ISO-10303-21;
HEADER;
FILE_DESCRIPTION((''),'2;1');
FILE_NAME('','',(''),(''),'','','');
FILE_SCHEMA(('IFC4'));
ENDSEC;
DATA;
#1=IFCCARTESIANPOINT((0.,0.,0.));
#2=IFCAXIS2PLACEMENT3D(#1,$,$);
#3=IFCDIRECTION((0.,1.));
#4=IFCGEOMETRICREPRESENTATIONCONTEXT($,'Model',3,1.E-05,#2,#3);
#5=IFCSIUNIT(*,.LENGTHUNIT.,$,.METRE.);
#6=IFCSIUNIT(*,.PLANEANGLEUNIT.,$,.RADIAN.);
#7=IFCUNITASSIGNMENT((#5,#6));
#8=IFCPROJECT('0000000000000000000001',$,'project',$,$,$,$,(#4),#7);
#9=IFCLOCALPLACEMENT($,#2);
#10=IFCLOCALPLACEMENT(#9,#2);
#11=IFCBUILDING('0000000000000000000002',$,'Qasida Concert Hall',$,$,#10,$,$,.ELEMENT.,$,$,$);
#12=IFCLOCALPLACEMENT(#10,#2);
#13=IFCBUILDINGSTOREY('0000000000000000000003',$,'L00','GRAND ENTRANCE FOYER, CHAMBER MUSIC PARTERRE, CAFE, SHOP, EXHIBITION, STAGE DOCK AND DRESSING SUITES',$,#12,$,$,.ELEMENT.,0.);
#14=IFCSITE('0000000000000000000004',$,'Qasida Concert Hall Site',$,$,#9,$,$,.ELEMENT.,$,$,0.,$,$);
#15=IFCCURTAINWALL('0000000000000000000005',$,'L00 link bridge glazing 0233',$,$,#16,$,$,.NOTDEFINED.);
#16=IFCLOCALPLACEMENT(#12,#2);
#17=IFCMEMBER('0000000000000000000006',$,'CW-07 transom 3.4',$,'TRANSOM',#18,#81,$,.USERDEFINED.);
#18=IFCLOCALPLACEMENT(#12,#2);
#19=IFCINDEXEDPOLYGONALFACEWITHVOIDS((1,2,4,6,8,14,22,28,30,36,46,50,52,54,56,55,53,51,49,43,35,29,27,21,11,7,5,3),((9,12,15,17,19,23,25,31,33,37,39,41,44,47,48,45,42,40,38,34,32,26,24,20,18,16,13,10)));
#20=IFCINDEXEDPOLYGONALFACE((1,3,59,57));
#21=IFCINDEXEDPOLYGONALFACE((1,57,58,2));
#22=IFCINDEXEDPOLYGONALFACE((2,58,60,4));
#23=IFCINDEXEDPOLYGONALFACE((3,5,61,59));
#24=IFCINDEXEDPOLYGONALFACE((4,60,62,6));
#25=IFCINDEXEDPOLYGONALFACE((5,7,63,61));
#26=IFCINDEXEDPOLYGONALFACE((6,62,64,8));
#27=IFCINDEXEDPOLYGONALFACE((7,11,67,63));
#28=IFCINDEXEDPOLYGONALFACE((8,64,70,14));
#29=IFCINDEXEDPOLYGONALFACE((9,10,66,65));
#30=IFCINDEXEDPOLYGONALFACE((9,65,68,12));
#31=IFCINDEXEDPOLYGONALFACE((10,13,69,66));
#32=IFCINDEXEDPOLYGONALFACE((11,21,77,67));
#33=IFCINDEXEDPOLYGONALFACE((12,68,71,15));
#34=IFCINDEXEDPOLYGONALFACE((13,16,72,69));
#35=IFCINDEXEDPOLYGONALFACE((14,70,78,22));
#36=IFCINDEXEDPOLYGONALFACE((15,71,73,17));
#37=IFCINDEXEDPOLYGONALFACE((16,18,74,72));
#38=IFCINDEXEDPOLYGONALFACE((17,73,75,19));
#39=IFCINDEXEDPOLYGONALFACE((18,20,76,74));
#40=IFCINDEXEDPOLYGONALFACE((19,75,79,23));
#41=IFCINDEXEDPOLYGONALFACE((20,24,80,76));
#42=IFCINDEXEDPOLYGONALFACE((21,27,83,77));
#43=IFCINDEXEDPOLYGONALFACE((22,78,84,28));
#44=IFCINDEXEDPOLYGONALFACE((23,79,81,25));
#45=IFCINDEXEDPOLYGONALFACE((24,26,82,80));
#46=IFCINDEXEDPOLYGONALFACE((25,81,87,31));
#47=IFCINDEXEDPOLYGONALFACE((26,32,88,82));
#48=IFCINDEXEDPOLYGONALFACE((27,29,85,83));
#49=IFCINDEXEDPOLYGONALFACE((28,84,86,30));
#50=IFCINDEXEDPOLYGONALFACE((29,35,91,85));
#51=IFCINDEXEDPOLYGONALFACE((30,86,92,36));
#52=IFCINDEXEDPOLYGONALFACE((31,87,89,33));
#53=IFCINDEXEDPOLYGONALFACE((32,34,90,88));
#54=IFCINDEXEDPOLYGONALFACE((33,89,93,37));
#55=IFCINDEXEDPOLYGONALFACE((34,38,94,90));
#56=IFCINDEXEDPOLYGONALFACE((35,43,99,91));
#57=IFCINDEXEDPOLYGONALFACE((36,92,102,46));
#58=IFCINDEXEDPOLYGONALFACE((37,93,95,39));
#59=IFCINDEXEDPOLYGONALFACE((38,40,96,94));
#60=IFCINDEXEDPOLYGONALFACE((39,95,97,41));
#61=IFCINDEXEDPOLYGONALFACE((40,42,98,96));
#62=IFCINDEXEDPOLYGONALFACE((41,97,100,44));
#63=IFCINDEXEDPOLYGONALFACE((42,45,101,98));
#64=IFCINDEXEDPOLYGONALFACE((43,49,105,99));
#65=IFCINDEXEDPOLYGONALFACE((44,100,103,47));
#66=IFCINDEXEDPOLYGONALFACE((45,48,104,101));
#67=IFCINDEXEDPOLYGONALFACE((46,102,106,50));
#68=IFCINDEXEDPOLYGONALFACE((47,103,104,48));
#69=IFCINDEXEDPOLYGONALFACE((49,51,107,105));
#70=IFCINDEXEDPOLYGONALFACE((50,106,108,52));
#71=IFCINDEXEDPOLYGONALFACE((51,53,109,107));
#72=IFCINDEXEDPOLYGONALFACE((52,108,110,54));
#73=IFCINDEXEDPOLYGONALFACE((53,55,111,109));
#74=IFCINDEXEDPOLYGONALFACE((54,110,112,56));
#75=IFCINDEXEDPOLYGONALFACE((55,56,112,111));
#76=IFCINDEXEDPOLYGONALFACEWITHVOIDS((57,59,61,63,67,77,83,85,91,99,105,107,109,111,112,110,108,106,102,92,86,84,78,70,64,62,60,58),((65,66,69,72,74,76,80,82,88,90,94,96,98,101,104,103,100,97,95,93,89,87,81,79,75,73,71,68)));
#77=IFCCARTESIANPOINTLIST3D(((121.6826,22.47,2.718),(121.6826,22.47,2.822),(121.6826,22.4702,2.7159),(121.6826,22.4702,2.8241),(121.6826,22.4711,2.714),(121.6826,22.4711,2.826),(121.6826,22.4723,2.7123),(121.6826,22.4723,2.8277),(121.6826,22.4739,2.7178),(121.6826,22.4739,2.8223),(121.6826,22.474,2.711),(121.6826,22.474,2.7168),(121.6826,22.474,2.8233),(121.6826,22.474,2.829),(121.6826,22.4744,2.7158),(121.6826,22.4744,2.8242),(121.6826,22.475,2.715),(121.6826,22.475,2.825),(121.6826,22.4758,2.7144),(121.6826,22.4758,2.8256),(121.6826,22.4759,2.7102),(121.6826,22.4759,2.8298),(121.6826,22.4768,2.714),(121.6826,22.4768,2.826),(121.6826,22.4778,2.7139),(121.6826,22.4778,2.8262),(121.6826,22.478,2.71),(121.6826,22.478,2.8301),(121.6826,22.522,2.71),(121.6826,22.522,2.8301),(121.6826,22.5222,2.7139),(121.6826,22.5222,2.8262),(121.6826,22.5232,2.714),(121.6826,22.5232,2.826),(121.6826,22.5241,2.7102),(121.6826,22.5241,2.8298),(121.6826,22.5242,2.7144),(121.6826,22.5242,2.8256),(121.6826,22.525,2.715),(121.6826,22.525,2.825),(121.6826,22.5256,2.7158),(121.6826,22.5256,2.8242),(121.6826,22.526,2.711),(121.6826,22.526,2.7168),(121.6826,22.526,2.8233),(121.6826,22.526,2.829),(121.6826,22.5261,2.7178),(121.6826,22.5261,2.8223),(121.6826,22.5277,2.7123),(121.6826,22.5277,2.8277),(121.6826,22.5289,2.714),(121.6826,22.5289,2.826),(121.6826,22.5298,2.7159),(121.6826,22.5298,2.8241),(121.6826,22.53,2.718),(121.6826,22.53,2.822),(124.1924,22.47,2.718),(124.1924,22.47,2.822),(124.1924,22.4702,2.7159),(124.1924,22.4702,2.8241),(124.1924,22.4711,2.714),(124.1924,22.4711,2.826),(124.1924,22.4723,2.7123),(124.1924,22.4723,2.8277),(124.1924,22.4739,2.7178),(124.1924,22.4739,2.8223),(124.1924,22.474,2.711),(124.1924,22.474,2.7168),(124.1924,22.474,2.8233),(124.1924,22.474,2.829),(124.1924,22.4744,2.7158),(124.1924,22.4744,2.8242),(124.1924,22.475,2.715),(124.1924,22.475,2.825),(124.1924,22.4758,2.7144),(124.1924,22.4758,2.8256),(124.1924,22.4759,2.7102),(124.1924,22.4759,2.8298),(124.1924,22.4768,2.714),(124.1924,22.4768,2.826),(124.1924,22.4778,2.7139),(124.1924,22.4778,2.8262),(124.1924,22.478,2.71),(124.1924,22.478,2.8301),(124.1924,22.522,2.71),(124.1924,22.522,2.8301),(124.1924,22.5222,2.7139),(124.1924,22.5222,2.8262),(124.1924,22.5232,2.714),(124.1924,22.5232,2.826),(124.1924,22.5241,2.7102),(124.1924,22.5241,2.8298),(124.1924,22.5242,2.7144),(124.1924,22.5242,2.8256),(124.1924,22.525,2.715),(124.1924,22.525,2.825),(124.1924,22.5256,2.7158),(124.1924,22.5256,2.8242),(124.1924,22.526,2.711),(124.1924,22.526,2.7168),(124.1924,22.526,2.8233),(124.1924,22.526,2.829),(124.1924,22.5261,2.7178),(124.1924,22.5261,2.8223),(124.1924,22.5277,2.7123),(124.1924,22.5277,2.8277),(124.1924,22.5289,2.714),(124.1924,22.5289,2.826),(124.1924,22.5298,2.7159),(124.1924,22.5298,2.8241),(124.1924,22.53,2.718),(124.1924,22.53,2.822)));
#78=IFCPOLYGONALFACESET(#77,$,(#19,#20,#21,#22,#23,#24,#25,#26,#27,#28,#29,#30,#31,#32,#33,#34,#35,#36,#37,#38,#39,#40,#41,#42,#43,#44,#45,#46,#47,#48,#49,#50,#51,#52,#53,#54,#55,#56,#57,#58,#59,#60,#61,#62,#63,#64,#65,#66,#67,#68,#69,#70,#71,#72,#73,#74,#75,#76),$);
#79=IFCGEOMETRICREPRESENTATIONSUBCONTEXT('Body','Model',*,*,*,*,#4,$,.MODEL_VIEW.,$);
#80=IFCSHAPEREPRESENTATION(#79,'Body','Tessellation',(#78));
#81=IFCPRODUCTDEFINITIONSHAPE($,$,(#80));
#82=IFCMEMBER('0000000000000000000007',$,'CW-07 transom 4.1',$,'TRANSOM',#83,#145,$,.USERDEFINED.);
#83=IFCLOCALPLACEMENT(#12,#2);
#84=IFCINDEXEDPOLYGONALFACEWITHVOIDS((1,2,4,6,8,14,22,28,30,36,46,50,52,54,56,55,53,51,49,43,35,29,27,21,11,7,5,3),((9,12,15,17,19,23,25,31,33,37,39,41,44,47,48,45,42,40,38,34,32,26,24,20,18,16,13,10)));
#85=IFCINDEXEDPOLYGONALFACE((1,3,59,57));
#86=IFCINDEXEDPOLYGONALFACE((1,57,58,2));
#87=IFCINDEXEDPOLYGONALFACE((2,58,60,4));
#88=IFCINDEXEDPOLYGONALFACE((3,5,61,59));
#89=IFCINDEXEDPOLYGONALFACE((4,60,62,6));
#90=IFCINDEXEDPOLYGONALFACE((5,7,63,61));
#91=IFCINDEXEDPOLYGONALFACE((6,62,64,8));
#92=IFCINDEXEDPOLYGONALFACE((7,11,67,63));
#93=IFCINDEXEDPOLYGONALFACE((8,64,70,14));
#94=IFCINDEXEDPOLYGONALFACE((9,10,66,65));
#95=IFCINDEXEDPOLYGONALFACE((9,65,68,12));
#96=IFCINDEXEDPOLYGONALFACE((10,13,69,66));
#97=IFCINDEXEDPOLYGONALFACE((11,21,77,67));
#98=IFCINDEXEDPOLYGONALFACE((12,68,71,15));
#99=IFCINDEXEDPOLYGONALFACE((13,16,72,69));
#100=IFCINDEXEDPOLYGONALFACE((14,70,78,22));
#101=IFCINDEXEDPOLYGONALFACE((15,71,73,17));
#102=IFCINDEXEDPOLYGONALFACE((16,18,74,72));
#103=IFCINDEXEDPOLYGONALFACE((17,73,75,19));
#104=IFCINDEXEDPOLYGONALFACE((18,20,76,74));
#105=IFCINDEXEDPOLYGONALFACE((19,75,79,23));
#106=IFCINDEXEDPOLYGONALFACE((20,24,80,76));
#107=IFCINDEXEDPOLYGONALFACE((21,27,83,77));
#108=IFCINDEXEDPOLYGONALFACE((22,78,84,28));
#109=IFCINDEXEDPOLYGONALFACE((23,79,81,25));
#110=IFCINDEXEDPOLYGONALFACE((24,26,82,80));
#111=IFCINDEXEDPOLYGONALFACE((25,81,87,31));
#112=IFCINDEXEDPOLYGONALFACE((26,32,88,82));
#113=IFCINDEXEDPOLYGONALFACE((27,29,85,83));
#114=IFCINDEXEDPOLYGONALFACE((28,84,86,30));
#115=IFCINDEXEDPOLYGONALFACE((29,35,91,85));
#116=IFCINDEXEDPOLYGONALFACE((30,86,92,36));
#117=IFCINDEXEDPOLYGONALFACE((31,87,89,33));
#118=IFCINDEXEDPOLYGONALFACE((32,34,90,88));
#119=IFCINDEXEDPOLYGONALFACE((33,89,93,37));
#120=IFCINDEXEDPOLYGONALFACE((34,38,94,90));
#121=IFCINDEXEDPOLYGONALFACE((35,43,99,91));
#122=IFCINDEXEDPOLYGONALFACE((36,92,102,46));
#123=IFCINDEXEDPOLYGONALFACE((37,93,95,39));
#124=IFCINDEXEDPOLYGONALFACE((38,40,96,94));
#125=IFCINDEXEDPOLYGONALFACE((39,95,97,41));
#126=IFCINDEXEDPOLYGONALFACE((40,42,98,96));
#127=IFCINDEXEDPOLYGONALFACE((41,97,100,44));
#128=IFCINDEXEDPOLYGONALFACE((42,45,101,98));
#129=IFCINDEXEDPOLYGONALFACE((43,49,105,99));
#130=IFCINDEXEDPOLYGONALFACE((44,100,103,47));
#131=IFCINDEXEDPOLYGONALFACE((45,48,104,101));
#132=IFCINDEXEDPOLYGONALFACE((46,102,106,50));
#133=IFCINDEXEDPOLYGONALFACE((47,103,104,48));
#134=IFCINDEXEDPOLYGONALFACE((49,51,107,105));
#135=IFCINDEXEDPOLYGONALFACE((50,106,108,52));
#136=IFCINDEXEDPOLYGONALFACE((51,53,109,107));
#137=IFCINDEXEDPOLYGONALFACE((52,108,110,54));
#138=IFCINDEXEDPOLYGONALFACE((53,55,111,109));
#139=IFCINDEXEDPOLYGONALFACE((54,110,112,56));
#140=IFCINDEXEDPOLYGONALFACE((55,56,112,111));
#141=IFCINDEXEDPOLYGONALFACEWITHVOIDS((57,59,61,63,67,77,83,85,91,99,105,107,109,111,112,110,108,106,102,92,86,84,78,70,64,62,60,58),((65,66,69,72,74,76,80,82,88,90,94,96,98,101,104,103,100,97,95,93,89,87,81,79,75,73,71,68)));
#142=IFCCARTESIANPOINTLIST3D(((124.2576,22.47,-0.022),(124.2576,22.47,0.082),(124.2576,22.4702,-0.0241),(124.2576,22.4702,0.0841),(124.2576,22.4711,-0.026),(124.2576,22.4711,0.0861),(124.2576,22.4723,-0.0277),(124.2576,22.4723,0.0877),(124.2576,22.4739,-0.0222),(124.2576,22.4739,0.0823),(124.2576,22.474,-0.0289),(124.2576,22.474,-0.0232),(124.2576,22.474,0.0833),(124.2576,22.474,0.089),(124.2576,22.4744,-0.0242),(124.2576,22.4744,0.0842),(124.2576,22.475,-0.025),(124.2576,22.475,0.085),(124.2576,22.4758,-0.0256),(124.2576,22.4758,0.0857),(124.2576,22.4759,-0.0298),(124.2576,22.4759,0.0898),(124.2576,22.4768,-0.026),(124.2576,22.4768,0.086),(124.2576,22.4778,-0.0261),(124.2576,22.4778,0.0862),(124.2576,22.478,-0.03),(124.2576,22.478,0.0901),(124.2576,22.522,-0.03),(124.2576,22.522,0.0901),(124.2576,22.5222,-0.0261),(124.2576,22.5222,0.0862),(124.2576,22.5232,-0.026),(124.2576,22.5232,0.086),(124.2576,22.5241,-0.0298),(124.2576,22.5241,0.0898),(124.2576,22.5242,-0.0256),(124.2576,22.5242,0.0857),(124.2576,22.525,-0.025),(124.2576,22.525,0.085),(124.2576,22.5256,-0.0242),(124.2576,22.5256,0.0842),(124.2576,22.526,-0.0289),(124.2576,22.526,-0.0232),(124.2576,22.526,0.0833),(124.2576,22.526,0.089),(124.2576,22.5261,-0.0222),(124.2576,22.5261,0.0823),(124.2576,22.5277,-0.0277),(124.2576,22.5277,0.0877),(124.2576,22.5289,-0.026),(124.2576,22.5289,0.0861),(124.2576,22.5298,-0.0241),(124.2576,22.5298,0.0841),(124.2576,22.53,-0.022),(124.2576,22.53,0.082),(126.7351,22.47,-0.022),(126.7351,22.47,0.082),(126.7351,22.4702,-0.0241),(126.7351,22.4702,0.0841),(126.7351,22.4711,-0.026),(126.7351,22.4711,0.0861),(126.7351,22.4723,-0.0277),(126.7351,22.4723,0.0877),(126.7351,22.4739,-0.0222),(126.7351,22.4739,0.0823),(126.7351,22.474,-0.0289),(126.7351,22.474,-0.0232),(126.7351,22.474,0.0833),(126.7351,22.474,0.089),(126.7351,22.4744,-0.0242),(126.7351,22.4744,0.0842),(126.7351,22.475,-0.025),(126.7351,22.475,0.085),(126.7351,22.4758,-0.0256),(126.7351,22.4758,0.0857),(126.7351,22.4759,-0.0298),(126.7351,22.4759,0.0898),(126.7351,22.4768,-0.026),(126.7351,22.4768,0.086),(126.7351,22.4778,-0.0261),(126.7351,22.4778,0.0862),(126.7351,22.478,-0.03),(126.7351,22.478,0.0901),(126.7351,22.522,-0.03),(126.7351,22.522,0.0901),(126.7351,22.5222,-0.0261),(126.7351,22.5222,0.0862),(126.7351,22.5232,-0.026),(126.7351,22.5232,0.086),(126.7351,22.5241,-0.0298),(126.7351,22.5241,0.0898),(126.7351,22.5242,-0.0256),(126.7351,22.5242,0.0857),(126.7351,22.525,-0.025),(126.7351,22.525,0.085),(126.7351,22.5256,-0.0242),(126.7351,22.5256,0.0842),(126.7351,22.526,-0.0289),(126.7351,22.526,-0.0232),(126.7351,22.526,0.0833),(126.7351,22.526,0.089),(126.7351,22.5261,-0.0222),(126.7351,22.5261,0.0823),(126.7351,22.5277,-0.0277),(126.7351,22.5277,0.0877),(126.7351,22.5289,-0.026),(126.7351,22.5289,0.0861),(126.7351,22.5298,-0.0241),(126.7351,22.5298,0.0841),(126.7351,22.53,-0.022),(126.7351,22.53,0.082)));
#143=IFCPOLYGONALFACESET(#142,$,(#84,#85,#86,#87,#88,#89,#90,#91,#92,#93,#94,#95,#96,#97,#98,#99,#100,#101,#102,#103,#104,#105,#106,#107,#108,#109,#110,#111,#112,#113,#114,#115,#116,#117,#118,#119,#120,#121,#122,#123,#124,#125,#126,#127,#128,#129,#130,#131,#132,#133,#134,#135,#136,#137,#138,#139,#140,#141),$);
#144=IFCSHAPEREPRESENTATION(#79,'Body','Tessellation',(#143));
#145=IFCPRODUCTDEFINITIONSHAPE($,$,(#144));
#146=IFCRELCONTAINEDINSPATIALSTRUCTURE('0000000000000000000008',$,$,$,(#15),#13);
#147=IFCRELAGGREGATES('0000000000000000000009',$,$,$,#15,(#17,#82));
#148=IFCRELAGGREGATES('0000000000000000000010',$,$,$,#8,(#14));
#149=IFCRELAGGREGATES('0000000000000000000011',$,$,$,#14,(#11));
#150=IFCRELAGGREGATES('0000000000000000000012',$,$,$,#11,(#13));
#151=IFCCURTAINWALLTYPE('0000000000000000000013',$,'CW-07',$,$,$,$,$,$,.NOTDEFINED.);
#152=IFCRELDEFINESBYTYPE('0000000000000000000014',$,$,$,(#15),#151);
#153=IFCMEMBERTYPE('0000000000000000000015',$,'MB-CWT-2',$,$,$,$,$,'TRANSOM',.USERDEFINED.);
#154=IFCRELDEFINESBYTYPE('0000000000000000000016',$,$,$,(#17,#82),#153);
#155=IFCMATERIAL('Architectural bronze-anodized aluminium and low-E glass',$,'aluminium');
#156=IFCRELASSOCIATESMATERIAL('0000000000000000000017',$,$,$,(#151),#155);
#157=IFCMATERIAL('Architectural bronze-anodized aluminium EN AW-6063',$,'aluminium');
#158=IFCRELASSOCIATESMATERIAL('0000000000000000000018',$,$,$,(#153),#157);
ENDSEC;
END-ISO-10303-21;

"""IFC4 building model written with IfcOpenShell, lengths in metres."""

from ifc_helpers import new_model, si_unit, direction, frame, origin, origin_2d, place, context, subcontext, project, spatial, hollow_rectangle, extrude, material, material_profile, profile_set, type_object, element, aggregate, save


model = new_model("IFC4")

# Units and contexts
model_context = context("Model", 3, precision=1e-05, world=origin(), true_north=direction((0.0, 1.0)))
body_context = subcontext(model_context, "Body", "Model", "MODEL_VIEW")
ifc_project = project(units=[si_unit("LENGTHUNIT", "METRE"), si_unit("PLANEANGLEUNIT", "RADIAN")], contexts=[model_context])

# Site, building, storey
site_placement = place(None, origin())
site = spatial("IfcSite", under=ifc_project, at=site_placement, Name="Qasida Concert Hall Site", CompositionType="ELEMENT", RefElevation=0.0)
building_placement = place(site_placement, origin())
building = spatial("IfcBuilding", under=site, at=building_placement, Name="Qasida Concert Hall", CompositionType="ELEMENT")
storey_placement = place(building_placement, origin())
storey = spatial("IfcBuildingStorey", under=building, at=storey_placement, Name="L00", Description="GRAND ENTRANCE FOYER, CHAMBER MUSIC PARTERRE, CAFE, SHOP, EXHIBITION, STAGE DOCK AND DRESSING SUITES", CompositionType="ELEMENT", Elevation=0.0)

# Curtain wall, members
ifc_material_1 = material(Name="Architectural bronze-anodized aluminium and low-E glass", Category="aluminium")
curtain_wall_type = type_object("IfcCurtainWallType", Name="CW-07", PredefinedType="NOTDEFINED", material=ifc_material_1)
curtain_wall_placement = place(storey_placement, origin())
curtain_wall = element("IfcCurtainWall", 1, at=curtain_wall_placement, inside=storey, type_object=curtain_wall_type, Name="L00 link bridge glazing 0233", PredefinedType="NOTDEFINED")
ifc_material_2 = material(Name="Architectural bronze-anodized aluminium EN AW-6063", Category="aluminium")
ifc_material_profile_1 = material_profile(ifc_material_2, hollow_rectangle(XDim=0.0601, YDim=0.1201, WallThickness=0.0039, InnerFilletRadius=0.0039, OuterFilletRadius=0.0081, at=origin_2d()), Name="CWT 120x60x4")
ifc_profile_set_1 = profile_set([ifc_material_profile_1], Name="Architectural bronze-anodized aluminium EN AW-6063")
member_type_1 = type_object("IfcMemberType", Name="MB-CWT-2", ElementType="TRANSOM", PredefinedType="USERDEFINED", material=ifc_profile_set_1)
member_1_placement = place(storey_placement, frame((121.6826, 22.5, 2.77), z_axis=(1.0, 0.0, 0.0), x_axis=(0.0, 1.0, 0.0)))
member_1 = element("IfcMember", 2, at=member_1_placement, type_object=member_type_1, Name="CW-07 transom 3.4", ObjectType="TRANSOM", PredefinedType="USERDEFINED", context=body_context, shape_type="SweptSolid", body=[
    extrude(hollow_rectangle(XDim=0.0601, YDim=0.1201, WallThickness=0.0039, InnerFilletRadius=0.0039, OuterFilletRadius=0.0081, at=origin_2d()), origin(), (0.0, 0.0, 1.0), 2.5098),
])
member_2_placement = place(storey_placement, frame((124.2576, 22.5, 0.03), z_axis=(1.0, 0.0, 0.0), x_axis=(0.0, 1.0, 0.0)))
member_2 = element("IfcMember", 3, at=member_2_placement, type_object=member_type_1, Name="CW-07 transom 4.1", ObjectType="TRANSOM", PredefinedType="USERDEFINED", context=body_context, shape_type="SweptSolid", body=[
    extrude(hollow_rectangle(XDim=0.0601, YDim=0.1201, WallThickness=0.0039, InnerFilletRadius=0.0039, OuterFilletRadius=0.0081, at=origin_2d()), origin(), (0.0, 0.0, 1.0), 2.4775),
])
aggregate(curtain_wall, [member_1, member_2])

save(model, "model.ifc")
